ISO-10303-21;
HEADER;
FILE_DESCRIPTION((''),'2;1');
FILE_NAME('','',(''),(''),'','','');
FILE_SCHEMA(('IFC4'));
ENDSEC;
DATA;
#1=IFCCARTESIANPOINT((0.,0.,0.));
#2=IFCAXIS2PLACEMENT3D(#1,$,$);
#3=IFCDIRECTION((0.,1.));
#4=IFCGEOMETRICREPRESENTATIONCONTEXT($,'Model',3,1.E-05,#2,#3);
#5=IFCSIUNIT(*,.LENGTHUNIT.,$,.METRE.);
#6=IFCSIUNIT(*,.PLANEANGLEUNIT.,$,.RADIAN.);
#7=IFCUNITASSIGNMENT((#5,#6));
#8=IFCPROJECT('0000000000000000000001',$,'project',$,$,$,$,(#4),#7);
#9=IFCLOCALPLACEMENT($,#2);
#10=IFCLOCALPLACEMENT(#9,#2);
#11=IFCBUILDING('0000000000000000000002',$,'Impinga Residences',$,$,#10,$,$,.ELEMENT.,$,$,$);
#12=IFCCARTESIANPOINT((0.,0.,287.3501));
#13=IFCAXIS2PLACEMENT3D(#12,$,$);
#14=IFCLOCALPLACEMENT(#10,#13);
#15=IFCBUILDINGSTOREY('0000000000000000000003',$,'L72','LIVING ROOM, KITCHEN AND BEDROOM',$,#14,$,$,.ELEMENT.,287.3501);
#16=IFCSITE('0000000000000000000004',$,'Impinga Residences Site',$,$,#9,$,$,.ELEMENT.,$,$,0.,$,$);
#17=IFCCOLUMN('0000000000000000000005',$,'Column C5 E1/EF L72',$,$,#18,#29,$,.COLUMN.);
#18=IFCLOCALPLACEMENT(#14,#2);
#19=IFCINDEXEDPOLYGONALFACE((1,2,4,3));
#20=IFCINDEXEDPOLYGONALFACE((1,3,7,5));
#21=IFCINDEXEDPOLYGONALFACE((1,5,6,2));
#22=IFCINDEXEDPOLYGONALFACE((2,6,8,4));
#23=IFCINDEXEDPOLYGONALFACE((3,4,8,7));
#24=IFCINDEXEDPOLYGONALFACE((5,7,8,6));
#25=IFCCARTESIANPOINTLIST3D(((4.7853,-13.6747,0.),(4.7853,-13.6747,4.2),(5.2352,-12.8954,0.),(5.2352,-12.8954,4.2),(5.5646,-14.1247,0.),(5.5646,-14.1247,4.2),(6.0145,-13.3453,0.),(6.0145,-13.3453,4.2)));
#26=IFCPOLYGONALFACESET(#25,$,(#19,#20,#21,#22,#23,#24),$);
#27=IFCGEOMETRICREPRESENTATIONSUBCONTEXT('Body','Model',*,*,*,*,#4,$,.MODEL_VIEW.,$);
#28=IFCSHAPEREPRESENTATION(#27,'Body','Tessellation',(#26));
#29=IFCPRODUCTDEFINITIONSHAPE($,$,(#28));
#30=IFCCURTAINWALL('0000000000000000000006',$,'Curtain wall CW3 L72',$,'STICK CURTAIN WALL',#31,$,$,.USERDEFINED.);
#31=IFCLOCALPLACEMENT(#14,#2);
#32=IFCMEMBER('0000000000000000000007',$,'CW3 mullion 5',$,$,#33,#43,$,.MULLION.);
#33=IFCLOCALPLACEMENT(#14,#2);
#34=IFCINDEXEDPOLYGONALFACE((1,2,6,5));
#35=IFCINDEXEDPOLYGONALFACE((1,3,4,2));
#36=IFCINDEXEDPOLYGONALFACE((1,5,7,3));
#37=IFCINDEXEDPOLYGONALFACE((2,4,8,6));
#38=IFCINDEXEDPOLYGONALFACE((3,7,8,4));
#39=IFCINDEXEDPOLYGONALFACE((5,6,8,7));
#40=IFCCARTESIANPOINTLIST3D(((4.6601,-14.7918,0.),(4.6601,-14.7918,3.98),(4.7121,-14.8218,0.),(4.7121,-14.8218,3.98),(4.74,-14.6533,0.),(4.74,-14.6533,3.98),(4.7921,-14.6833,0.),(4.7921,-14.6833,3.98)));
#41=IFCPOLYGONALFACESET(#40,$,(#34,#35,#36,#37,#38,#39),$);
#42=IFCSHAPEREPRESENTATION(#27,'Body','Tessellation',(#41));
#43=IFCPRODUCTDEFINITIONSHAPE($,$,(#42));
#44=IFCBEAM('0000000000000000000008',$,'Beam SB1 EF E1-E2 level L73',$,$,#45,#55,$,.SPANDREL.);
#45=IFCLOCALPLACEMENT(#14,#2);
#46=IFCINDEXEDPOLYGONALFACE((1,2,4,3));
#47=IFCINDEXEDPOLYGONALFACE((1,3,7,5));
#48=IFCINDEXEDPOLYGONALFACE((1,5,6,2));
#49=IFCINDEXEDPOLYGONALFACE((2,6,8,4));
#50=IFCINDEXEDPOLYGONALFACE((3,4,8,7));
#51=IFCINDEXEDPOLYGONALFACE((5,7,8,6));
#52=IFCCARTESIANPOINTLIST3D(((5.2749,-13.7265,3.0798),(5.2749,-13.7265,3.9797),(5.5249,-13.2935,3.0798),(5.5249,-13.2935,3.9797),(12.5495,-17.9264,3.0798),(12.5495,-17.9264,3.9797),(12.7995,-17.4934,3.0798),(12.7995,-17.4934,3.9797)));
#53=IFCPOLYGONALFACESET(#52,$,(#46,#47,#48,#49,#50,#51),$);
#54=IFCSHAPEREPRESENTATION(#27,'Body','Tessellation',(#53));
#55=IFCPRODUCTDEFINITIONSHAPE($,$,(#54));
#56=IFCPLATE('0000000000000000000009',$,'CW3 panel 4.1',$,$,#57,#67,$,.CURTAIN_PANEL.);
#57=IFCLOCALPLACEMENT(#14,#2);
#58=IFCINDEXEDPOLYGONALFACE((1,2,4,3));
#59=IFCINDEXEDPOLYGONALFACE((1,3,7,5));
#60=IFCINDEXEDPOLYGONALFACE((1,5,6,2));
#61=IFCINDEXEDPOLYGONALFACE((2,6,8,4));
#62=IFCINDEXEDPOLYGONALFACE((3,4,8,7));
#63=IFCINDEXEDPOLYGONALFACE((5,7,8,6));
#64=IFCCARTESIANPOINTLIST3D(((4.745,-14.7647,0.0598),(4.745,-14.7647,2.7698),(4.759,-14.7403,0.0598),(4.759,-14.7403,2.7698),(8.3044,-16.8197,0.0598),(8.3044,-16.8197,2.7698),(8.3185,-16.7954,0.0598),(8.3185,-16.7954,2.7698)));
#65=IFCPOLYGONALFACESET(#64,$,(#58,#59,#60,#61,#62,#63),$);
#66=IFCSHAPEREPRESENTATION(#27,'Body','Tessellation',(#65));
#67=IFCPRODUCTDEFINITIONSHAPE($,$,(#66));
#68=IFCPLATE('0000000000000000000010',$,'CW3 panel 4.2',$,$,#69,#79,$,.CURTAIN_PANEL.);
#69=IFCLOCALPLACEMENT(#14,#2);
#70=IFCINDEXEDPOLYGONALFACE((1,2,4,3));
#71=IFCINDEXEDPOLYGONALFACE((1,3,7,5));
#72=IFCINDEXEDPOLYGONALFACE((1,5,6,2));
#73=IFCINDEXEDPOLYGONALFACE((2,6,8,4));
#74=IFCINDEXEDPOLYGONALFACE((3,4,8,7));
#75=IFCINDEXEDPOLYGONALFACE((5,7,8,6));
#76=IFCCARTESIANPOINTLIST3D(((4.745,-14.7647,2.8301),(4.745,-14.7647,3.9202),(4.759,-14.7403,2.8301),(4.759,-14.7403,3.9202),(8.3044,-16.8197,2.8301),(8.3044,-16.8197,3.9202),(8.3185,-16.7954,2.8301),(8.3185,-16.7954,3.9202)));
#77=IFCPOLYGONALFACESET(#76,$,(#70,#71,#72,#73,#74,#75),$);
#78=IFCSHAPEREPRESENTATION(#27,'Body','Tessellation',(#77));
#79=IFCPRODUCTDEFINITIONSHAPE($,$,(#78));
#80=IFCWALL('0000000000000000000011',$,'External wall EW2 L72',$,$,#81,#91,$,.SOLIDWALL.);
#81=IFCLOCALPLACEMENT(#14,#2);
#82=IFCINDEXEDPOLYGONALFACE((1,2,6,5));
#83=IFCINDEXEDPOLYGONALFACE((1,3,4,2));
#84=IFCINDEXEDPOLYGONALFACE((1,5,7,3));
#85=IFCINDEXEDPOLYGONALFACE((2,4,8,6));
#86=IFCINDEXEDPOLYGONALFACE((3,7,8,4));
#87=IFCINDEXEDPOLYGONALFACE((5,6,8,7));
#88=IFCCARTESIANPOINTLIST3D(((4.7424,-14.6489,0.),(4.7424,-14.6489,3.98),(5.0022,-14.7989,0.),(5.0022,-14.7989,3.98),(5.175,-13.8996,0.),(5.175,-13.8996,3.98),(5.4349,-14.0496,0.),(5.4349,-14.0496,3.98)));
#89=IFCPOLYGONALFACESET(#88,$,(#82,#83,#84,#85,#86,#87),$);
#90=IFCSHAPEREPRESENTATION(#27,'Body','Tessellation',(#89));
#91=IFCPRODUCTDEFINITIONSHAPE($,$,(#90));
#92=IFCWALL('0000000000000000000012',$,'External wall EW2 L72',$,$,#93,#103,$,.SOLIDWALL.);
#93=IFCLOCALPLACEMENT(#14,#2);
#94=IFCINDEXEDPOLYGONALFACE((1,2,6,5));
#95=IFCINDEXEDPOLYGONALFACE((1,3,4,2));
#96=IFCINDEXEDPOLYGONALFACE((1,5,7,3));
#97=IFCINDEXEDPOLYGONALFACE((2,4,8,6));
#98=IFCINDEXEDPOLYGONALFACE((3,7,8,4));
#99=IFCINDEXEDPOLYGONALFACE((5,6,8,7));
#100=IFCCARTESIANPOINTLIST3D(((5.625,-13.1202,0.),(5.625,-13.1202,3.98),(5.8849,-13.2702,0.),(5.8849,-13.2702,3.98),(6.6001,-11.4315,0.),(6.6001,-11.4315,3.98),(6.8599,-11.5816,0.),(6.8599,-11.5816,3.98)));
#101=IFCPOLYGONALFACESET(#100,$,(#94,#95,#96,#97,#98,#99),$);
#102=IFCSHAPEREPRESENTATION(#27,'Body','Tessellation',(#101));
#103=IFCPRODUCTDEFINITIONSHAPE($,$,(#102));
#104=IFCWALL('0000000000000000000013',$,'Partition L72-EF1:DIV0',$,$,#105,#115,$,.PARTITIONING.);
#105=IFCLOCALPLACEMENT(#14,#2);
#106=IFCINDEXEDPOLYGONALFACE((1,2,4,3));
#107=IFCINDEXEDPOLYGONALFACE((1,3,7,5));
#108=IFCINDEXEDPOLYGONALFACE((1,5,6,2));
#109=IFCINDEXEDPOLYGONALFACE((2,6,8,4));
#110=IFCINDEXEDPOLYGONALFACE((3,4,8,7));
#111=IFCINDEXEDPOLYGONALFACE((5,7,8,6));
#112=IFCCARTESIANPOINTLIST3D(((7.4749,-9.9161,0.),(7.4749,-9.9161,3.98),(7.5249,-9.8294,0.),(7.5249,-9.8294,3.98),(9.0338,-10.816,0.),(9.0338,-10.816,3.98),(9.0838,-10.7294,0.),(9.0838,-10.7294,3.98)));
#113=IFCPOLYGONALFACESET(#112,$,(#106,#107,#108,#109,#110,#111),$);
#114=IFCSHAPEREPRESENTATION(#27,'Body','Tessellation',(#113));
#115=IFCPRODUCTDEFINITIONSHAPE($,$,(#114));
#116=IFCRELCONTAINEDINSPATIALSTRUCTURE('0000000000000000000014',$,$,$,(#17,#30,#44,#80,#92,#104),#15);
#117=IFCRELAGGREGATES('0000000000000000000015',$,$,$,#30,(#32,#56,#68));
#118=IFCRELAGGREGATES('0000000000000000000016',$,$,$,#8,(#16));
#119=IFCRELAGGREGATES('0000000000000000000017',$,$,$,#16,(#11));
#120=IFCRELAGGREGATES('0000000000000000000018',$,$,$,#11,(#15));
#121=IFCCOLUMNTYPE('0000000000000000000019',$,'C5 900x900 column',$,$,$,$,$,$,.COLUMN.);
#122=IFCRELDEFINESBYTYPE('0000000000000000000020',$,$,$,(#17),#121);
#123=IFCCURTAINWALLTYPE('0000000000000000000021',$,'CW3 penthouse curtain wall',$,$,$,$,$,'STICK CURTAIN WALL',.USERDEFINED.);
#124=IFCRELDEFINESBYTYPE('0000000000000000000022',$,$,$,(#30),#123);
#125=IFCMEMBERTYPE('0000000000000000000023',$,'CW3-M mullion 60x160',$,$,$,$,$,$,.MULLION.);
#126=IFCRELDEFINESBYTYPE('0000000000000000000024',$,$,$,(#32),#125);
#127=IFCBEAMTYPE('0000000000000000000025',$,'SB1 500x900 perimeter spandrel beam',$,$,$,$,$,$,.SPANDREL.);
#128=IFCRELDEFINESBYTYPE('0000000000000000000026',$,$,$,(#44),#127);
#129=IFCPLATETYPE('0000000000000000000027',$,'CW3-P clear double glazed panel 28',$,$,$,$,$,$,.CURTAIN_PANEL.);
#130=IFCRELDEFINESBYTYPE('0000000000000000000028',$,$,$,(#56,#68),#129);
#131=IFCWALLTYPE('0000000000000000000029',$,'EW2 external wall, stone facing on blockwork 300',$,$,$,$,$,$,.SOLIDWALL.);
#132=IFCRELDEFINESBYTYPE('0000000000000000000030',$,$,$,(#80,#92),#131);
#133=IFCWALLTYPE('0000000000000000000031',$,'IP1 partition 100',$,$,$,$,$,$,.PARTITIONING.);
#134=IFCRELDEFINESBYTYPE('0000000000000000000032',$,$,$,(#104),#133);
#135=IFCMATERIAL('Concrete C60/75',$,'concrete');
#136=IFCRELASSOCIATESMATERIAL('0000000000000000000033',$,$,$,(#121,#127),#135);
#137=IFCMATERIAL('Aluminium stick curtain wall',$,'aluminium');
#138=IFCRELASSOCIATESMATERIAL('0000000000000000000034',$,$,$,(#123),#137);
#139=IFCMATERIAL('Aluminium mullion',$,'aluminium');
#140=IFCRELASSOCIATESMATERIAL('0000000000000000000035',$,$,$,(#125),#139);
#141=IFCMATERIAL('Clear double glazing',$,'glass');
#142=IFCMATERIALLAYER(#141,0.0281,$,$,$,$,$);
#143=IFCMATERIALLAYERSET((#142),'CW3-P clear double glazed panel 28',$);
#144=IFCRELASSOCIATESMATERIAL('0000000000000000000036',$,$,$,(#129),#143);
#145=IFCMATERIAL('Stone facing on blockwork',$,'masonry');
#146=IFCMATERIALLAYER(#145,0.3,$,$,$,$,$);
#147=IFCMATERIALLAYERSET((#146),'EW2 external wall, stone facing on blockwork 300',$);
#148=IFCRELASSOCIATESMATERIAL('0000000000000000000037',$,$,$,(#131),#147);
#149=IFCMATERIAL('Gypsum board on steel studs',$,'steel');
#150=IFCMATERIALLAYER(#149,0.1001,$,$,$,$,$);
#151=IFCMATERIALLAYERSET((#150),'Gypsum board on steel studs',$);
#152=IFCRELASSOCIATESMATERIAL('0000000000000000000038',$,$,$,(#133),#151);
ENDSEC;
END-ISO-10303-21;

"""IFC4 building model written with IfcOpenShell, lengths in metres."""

from ifc_helpers import new_model, si_unit, direction, frame, frame_2d, origin, origin_2d, place, context, subcontext, project, spatial, rectangle, extrude, material, layer, layer_set, material_profile, profile_set, type_object, element, aggregate, save


model = new_model("IFC4")

# Units and contexts
model_context = context("Model", 3, precision=1e-05, world=origin(), true_north=direction((0.0, 1.0)))
body_context = subcontext(model_context, "Body", "Model", "MODEL_VIEW")
ifc_project = project(units=[si_unit("LENGTHUNIT", "METRE"), si_unit("PLANEANGLEUNIT", "RADIAN")], contexts=[model_context])

# Site, building, storey
site_placement = place(None, origin())
site = spatial("IfcSite", under=ifc_project, at=site_placement, Name="Impinga Residences Site", CompositionType="ELEMENT", RefElevation=0.0)
building_placement = place(site_placement, origin())
building = spatial("IfcBuilding", under=site, at=building_placement, Name="Impinga Residences", CompositionType="ELEMENT")
storey_placement = place(building_placement, frame((0.0, 0.0, 287.3501)))
storey = spatial("IfcBuildingStorey", under=building, at=storey_placement, Name="L72", Description="LIVING ROOM, KITCHEN AND BEDROOM", CompositionType="ELEMENT", Elevation=287.3501)

# Column
ifc_material_1 = material(Name="Concrete C60/75", Category="concrete")
ifc_material_profile_1 = material_profile(ifc_material_1, rectangle(XDim=0.8999, YDim=0.8999, at=origin_2d()), Name="RC 900x900")
ifc_profile_set_1 = profile_set([ifc_material_profile_1], Name="Concrete C60/75")
column_type = type_object("IfcColumnType", Name="C5 900x900 column", PredefinedType="COLUMN", material=ifc_profile_set_1)
column_placement = place(storey_placement, frame((5.3999, -13.51, 0.0), z_axis=(0.0, 0.0, 1.0), x_axis=(-0.5, -0.866025, 0.0)))
element("IfcColumn", 1, at=column_placement, inside=storey, type_object=column_type, Name="Column C5 E1/EF L72", PredefinedType="COLUMN", context=body_context, shape_type="SweptSolid", body=[
    extrude(rectangle(XDim=0.8999, YDim=0.8999, at=origin_2d()), origin(), (0.0, 0.0, 1.0), 4.2),
])

# Curtain wall, member
ifc_material_2 = material(Name="Aluminium stick curtain wall", Category="aluminium")
curtain_wall_type = type_object("IfcCurtainWallType", Name="CW3 penthouse curtain wall", ElementType="STICK CURTAIN WALL", PredefinedType="USERDEFINED", material=ifc_material_2)
curtain_wall_placement = place(storey_placement, origin())
curtain_wall = element("IfcCurtainWall", 2, at=curtain_wall_placement, inside=storey, type_object=curtain_wall_type, Name="Curtain wall CW3 L72", ObjectType="STICK CURTAIN WALL", PredefinedType="USERDEFINED")
ifc_material_3 = material(Name="Aluminium mullion", Category="aluminium")
ifc_material_profile_2 = material_profile(ifc_material_3, rectangle(XDim=0.0601, YDim=0.1599, at=origin_2d()), Name="60x160 mullion")
ifc_profile_set_2 = profile_set([ifc_material_profile_2], Name="Aluminium mullion")
member_type = type_object("IfcMemberType", Name="CW3-M mullion 60x160", PredefinedType="MULLION", material=ifc_profile_set_2)
member_placement = place(storey_placement, frame((4.7261, -14.7375, 0.0), z_axis=(0.0, 0.0, 1.0), x_axis=(-0.866025, 0.5, 0.0)))
member = element("IfcMember", 3, at=member_placement, type_object=member_type, Name="CW3 mullion 5", PredefinedType="MULLION", context=body_context, shape_type="SweptSolid", body=[
    extrude(rectangle(XDim=0.0601, YDim=0.1599, at=origin_2d()), origin(), (0.0, 0.0, 1.0), 3.98),
])

# Beam
ifc_material_profile_3 = material_profile(ifc_material_1, rectangle(XDim=0.5, YDim=0.8999, at=origin_2d()), Name="RC 500x900")
ifc_profile_set_3 = profile_set([ifc_material_profile_3], Name="Concrete C60/75")
beam_type = type_object("IfcBeamType", Name="SB1 500x900 perimeter spandrel beam", PredefinedType="SPANDREL", material=ifc_profile_set_3)
beam_placement = place(storey_placement, frame((5.3999, -13.51, 3.5298), z_axis=(0.866029, -0.499993, 0.0), x_axis=(0.499993, 0.866029, 0.0)))
element("IfcBeam", 4, at=beam_placement, inside=storey, type_object=beam_type, Name="Beam SB1 EF E1-E2 level L73", PredefinedType="SPANDREL", context=body_context, shape_type="SweptSolid", body=[
    extrude(rectangle(XDim=0.5, YDim=0.8999, at=origin_2d()), origin(), (0.0, 0.0, 1.0), 8.3999),
])

# Plates
ifc_material_4 = material(Name="Clear double glazing", Category="glass")
ifc_layer_1 = layer(ifc_material_4, 0.0281)
ifc_layer_set_1 = layer_set([ifc_layer_1], Name="CW3-P clear double glazed panel 28")
plate_type = type_object("IfcPlateType", Name="CW3-P clear double glazed panel 28", PredefinedType="CURTAIN_PANEL", material=ifc_layer_set_1)
plate_1_placement = place(storey_placement, frame((6.5317, -15.78, 0.0598), z_axis=(0.0, 0.0, 1.0), x_axis=(-0.866025, 0.5, 0.0)))
plate_1 = element("IfcPlate", 5, at=plate_1_placement, type_object=plate_type, Name="CW3 panel 4.1", PredefinedType="CURTAIN_PANEL", context=body_context, shape_type="SweptSolid", body=[
    extrude(rectangle(XDim=4.1101, YDim=0.0281, at=origin_2d()), origin(), (0.0, 0.0, 1.0), 2.71),
])
plate_2_placement = place(storey_placement, frame((6.5317, -15.78, 2.8301), z_axis=(0.0, 0.0, 1.0), x_axis=(-0.866025, 0.5, 0.0)))
plate_2 = element("IfcPlate", 6, at=plate_2_placement, type_object=plate_type, Name="CW3 panel 4.2", PredefinedType="CURTAIN_PANEL", context=body_context, shape_type="SweptSolid", body=[
    extrude(rectangle(XDim=4.1101, YDim=0.0281, at=origin_2d()), origin(), (0.0, 0.0, 1.0), 1.0901),
])
aggregate(curtain_wall, [member, plate_1, plate_2])

# Walls
ifc_material_5 = material(Name="Stone facing on blockwork", Category="masonry")
ifc_layer_2 = layer(ifc_material_5, 0.3)
ifc_layer_set_2 = layer_set([ifc_layer_2], Name="EW2 external wall, stone facing on blockwork 300")
wall_type_1 = type_object("IfcWallType", Name="EW2 external wall, stone facing on blockwork 300", PredefinedType="SOLIDWALL", material=ifc_layer_set_2)
wall_1_placement = place(storey_placement, frame((4.8723, -14.7239, 0.0), z_axis=(0.0, 0.0, 1.0), x_axis=(0.500024, 0.866012, 0.0)))
element("IfcWall", 7, at=wall_1_placement, inside=storey, type_object=wall_type_1, Name="External wall EW2 L72", PredefinedType="SOLIDWALL", context=body_context, shape_type="SweptSolid", body=[
    extrude(rectangle(XDim=0.8652, YDim=0.3, at=frame_2d((0.4326, 0.0))), origin(), (0.0, 0.0, 1.0), 3.98),
])
wall_2_placement = place(storey_placement, frame((5.7549, -13.1953, 0.0), z_axis=(0.0, 0.0, 1.0), x_axis=(0.500044, 0.866, 0.0)))
element("IfcWall", 8, at=wall_2_placement, inside=storey, type_object=wall_type_1, Name="External wall EW2 L72", PredefinedType="SOLIDWALL", context=body_context, shape_type="SweptSolid", body=[
    extrude(rectangle(XDim=1.95, YDim=0.3, at=frame_2d((0.9751, 0.0))), origin(), (0.0, 0.0, 1.0), 3.98),
])
ifc_material_6 = material(Name="Gypsum board on steel studs", Category="steel")
ifc_layer_3 = layer(ifc_material_6, 0.1001)
ifc_layer_set_3 = layer_set([ifc_layer_3], Name="Gypsum board on steel studs")
wall_type_2 = type_object("IfcWallType", Name="IP1 partition 100", PredefinedType="PARTITIONING", material=ifc_layer_set_3)
wall_3_placement = place(storey_placement, frame((7.5, -9.8728, 0.0), z_axis=(0.0, 0.0, 1.0), x_axis=(0.866048, -0.499961, 0.0)))
element("IfcWall", 9, at=wall_3_placement, inside=storey, type_object=wall_type_2, Name="Partition L72-EF1:DIV0", PredefinedType="PARTITIONING", context=body_context, shape_type="SweptSolid", body=[
    extrude(rectangle(XDim=1.8, YDim=0.1001, at=frame_2d((0.8999, 0.0))), origin(), (0.0, 0.0, 1.0), 3.98),
])

save(model, "model.ifc")
